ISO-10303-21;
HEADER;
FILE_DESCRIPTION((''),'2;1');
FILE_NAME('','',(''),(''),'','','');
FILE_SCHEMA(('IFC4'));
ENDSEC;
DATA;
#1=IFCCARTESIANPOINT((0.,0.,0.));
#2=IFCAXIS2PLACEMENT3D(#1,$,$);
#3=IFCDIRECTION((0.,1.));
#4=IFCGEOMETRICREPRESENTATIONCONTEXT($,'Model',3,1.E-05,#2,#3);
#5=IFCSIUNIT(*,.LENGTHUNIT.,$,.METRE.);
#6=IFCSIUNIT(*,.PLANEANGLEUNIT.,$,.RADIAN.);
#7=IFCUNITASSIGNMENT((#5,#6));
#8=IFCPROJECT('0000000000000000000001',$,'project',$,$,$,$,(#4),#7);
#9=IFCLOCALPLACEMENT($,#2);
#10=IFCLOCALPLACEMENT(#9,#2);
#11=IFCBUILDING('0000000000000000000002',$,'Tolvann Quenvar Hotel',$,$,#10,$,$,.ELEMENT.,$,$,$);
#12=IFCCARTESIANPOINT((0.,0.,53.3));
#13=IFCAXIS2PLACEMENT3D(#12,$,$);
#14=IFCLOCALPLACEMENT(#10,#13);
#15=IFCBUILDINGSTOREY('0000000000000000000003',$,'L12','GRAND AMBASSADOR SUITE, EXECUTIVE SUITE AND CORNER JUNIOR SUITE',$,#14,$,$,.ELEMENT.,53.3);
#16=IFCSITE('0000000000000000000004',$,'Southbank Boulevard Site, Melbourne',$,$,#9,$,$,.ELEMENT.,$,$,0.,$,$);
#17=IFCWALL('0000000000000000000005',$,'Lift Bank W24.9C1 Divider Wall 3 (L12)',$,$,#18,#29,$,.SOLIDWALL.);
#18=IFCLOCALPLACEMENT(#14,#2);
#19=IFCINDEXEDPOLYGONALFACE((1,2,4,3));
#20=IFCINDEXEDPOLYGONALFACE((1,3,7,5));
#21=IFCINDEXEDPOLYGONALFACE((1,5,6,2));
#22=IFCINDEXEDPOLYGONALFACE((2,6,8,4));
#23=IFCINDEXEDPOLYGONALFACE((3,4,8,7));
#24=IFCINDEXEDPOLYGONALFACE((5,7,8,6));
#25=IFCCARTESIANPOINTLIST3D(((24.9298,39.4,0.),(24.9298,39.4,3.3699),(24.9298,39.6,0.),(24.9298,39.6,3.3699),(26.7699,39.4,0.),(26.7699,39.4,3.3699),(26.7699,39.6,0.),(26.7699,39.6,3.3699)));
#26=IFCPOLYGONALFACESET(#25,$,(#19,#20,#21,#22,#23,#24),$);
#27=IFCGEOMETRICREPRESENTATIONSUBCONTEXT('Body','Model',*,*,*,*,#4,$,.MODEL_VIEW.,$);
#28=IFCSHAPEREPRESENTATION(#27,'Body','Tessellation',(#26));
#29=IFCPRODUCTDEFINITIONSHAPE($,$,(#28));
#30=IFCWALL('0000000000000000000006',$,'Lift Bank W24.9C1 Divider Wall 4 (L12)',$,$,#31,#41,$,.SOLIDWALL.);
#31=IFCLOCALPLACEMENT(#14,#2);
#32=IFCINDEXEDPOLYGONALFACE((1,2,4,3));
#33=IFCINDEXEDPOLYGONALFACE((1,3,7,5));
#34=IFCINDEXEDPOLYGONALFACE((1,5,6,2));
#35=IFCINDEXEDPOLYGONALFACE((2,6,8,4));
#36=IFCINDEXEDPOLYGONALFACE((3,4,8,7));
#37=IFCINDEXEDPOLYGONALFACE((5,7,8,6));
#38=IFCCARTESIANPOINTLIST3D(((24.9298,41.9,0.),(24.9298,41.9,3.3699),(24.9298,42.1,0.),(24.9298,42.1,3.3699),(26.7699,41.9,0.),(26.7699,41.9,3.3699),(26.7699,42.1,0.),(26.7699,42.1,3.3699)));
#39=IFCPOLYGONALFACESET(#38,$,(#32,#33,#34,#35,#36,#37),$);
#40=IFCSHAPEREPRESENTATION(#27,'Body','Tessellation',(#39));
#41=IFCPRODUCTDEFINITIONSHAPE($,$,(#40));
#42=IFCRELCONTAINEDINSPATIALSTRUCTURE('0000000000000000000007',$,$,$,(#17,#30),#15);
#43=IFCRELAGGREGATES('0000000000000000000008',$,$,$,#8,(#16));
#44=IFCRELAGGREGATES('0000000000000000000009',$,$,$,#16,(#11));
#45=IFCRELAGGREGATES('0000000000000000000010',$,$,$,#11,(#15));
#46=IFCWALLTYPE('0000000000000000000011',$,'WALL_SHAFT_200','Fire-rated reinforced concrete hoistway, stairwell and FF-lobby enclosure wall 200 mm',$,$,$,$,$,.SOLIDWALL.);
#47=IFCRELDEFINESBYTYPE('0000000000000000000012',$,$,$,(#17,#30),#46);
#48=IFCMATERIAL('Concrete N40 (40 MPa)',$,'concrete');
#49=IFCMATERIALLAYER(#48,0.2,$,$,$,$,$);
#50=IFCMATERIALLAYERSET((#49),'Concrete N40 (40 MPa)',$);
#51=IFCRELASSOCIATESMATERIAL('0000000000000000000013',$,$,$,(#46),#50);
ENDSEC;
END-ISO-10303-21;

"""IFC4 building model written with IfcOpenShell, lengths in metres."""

from ifc_helpers import new_model, si_unit, direction, frame, frame_2d, origin, place, context, subcontext, project, spatial, rectangle, extrude, material, layer, layer_set, type_object, element, save


model = new_model("IFC4")

# Units and contexts
model_context = context("Model", 3, precision=1e-05, world=origin(), true_north=direction((0.0, 1.0)))
body_context = subcontext(model_context, "Body", "Model", "MODEL_VIEW")
ifc_project = project(units=[si_unit("LENGTHUNIT", "METRE"), si_unit("PLANEANGLEUNIT", "RADIAN")], contexts=[model_context])

# Site, building, storey
site_placement = place(None, origin())
site = spatial("IfcSite", under=ifc_project, at=site_placement, Name="Southbank Boulevard Site, Melbourne", CompositionType="ELEMENT", RefElevation=0.0)
building_placement = place(site_placement, origin())
building = spatial("IfcBuilding", under=site, at=building_placement, Name="Tolvann Quenvar Hotel", CompositionType="ELEMENT")
storey_placement = place(building_placement, frame((0.0, 0.0, 53.3)))
storey = spatial("IfcBuildingStorey", under=building, at=storey_placement, Name="L12", Description="GRAND AMBASSADOR SUITE, EXECUTIVE SUITE AND CORNER JUNIOR SUITE", CompositionType="ELEMENT", Elevation=53.3)

# Shared definitions
ifc_material_1 = material(Name="Concrete N40 (40 MPa)", Category="concrete")
ifc_layer_1 = layer(ifc_material_1, 0.2)
ifc_layer_set_1 = layer_set([ifc_layer_1], Name="Concrete N40 (40 MPa)")
wall_type_1 = type_object("IfcWallType", Name="WALL_SHAFT_200", Description="Fire-rated reinforced concrete hoistway, stairwell and FF-lobby enclosure wall 200 mm", PredefinedType="SOLIDWALL", material=ifc_layer_set_1)

# Walls
for number, where, z_axis, x_axis, name in (
    (1, (24.9299, 39.5, 0.0), (0.0, 0.0, 1.0), (1.0, 0.0, 0.0), "Lift Bank W24.9C1 Divider Wall 3 (L12)"),
    (2, (24.9299, 42.0, 0.0), (0.0, 0.0, 1.0), (1.0, 0.0, 0.0), "Lift Bank W24.9C1 Divider Wall 4 (L12)"),
):
    element("IfcWall", number, at=place(storey_placement, frame(where, z_axis=z_axis, x_axis=x_axis)), inside=storey, type_object=wall_type_1, Name=name, PredefinedType="SOLIDWALL", context=body_context, shape_type="SweptSolid", body=[
        extrude(rectangle(XDim=1.8401, YDim=0.2, at=frame_2d((0.9199, 0.0))), origin(), (0.0, 0.0, 1.0), 3.3699),
    ])

save(model, "model.ifc")
